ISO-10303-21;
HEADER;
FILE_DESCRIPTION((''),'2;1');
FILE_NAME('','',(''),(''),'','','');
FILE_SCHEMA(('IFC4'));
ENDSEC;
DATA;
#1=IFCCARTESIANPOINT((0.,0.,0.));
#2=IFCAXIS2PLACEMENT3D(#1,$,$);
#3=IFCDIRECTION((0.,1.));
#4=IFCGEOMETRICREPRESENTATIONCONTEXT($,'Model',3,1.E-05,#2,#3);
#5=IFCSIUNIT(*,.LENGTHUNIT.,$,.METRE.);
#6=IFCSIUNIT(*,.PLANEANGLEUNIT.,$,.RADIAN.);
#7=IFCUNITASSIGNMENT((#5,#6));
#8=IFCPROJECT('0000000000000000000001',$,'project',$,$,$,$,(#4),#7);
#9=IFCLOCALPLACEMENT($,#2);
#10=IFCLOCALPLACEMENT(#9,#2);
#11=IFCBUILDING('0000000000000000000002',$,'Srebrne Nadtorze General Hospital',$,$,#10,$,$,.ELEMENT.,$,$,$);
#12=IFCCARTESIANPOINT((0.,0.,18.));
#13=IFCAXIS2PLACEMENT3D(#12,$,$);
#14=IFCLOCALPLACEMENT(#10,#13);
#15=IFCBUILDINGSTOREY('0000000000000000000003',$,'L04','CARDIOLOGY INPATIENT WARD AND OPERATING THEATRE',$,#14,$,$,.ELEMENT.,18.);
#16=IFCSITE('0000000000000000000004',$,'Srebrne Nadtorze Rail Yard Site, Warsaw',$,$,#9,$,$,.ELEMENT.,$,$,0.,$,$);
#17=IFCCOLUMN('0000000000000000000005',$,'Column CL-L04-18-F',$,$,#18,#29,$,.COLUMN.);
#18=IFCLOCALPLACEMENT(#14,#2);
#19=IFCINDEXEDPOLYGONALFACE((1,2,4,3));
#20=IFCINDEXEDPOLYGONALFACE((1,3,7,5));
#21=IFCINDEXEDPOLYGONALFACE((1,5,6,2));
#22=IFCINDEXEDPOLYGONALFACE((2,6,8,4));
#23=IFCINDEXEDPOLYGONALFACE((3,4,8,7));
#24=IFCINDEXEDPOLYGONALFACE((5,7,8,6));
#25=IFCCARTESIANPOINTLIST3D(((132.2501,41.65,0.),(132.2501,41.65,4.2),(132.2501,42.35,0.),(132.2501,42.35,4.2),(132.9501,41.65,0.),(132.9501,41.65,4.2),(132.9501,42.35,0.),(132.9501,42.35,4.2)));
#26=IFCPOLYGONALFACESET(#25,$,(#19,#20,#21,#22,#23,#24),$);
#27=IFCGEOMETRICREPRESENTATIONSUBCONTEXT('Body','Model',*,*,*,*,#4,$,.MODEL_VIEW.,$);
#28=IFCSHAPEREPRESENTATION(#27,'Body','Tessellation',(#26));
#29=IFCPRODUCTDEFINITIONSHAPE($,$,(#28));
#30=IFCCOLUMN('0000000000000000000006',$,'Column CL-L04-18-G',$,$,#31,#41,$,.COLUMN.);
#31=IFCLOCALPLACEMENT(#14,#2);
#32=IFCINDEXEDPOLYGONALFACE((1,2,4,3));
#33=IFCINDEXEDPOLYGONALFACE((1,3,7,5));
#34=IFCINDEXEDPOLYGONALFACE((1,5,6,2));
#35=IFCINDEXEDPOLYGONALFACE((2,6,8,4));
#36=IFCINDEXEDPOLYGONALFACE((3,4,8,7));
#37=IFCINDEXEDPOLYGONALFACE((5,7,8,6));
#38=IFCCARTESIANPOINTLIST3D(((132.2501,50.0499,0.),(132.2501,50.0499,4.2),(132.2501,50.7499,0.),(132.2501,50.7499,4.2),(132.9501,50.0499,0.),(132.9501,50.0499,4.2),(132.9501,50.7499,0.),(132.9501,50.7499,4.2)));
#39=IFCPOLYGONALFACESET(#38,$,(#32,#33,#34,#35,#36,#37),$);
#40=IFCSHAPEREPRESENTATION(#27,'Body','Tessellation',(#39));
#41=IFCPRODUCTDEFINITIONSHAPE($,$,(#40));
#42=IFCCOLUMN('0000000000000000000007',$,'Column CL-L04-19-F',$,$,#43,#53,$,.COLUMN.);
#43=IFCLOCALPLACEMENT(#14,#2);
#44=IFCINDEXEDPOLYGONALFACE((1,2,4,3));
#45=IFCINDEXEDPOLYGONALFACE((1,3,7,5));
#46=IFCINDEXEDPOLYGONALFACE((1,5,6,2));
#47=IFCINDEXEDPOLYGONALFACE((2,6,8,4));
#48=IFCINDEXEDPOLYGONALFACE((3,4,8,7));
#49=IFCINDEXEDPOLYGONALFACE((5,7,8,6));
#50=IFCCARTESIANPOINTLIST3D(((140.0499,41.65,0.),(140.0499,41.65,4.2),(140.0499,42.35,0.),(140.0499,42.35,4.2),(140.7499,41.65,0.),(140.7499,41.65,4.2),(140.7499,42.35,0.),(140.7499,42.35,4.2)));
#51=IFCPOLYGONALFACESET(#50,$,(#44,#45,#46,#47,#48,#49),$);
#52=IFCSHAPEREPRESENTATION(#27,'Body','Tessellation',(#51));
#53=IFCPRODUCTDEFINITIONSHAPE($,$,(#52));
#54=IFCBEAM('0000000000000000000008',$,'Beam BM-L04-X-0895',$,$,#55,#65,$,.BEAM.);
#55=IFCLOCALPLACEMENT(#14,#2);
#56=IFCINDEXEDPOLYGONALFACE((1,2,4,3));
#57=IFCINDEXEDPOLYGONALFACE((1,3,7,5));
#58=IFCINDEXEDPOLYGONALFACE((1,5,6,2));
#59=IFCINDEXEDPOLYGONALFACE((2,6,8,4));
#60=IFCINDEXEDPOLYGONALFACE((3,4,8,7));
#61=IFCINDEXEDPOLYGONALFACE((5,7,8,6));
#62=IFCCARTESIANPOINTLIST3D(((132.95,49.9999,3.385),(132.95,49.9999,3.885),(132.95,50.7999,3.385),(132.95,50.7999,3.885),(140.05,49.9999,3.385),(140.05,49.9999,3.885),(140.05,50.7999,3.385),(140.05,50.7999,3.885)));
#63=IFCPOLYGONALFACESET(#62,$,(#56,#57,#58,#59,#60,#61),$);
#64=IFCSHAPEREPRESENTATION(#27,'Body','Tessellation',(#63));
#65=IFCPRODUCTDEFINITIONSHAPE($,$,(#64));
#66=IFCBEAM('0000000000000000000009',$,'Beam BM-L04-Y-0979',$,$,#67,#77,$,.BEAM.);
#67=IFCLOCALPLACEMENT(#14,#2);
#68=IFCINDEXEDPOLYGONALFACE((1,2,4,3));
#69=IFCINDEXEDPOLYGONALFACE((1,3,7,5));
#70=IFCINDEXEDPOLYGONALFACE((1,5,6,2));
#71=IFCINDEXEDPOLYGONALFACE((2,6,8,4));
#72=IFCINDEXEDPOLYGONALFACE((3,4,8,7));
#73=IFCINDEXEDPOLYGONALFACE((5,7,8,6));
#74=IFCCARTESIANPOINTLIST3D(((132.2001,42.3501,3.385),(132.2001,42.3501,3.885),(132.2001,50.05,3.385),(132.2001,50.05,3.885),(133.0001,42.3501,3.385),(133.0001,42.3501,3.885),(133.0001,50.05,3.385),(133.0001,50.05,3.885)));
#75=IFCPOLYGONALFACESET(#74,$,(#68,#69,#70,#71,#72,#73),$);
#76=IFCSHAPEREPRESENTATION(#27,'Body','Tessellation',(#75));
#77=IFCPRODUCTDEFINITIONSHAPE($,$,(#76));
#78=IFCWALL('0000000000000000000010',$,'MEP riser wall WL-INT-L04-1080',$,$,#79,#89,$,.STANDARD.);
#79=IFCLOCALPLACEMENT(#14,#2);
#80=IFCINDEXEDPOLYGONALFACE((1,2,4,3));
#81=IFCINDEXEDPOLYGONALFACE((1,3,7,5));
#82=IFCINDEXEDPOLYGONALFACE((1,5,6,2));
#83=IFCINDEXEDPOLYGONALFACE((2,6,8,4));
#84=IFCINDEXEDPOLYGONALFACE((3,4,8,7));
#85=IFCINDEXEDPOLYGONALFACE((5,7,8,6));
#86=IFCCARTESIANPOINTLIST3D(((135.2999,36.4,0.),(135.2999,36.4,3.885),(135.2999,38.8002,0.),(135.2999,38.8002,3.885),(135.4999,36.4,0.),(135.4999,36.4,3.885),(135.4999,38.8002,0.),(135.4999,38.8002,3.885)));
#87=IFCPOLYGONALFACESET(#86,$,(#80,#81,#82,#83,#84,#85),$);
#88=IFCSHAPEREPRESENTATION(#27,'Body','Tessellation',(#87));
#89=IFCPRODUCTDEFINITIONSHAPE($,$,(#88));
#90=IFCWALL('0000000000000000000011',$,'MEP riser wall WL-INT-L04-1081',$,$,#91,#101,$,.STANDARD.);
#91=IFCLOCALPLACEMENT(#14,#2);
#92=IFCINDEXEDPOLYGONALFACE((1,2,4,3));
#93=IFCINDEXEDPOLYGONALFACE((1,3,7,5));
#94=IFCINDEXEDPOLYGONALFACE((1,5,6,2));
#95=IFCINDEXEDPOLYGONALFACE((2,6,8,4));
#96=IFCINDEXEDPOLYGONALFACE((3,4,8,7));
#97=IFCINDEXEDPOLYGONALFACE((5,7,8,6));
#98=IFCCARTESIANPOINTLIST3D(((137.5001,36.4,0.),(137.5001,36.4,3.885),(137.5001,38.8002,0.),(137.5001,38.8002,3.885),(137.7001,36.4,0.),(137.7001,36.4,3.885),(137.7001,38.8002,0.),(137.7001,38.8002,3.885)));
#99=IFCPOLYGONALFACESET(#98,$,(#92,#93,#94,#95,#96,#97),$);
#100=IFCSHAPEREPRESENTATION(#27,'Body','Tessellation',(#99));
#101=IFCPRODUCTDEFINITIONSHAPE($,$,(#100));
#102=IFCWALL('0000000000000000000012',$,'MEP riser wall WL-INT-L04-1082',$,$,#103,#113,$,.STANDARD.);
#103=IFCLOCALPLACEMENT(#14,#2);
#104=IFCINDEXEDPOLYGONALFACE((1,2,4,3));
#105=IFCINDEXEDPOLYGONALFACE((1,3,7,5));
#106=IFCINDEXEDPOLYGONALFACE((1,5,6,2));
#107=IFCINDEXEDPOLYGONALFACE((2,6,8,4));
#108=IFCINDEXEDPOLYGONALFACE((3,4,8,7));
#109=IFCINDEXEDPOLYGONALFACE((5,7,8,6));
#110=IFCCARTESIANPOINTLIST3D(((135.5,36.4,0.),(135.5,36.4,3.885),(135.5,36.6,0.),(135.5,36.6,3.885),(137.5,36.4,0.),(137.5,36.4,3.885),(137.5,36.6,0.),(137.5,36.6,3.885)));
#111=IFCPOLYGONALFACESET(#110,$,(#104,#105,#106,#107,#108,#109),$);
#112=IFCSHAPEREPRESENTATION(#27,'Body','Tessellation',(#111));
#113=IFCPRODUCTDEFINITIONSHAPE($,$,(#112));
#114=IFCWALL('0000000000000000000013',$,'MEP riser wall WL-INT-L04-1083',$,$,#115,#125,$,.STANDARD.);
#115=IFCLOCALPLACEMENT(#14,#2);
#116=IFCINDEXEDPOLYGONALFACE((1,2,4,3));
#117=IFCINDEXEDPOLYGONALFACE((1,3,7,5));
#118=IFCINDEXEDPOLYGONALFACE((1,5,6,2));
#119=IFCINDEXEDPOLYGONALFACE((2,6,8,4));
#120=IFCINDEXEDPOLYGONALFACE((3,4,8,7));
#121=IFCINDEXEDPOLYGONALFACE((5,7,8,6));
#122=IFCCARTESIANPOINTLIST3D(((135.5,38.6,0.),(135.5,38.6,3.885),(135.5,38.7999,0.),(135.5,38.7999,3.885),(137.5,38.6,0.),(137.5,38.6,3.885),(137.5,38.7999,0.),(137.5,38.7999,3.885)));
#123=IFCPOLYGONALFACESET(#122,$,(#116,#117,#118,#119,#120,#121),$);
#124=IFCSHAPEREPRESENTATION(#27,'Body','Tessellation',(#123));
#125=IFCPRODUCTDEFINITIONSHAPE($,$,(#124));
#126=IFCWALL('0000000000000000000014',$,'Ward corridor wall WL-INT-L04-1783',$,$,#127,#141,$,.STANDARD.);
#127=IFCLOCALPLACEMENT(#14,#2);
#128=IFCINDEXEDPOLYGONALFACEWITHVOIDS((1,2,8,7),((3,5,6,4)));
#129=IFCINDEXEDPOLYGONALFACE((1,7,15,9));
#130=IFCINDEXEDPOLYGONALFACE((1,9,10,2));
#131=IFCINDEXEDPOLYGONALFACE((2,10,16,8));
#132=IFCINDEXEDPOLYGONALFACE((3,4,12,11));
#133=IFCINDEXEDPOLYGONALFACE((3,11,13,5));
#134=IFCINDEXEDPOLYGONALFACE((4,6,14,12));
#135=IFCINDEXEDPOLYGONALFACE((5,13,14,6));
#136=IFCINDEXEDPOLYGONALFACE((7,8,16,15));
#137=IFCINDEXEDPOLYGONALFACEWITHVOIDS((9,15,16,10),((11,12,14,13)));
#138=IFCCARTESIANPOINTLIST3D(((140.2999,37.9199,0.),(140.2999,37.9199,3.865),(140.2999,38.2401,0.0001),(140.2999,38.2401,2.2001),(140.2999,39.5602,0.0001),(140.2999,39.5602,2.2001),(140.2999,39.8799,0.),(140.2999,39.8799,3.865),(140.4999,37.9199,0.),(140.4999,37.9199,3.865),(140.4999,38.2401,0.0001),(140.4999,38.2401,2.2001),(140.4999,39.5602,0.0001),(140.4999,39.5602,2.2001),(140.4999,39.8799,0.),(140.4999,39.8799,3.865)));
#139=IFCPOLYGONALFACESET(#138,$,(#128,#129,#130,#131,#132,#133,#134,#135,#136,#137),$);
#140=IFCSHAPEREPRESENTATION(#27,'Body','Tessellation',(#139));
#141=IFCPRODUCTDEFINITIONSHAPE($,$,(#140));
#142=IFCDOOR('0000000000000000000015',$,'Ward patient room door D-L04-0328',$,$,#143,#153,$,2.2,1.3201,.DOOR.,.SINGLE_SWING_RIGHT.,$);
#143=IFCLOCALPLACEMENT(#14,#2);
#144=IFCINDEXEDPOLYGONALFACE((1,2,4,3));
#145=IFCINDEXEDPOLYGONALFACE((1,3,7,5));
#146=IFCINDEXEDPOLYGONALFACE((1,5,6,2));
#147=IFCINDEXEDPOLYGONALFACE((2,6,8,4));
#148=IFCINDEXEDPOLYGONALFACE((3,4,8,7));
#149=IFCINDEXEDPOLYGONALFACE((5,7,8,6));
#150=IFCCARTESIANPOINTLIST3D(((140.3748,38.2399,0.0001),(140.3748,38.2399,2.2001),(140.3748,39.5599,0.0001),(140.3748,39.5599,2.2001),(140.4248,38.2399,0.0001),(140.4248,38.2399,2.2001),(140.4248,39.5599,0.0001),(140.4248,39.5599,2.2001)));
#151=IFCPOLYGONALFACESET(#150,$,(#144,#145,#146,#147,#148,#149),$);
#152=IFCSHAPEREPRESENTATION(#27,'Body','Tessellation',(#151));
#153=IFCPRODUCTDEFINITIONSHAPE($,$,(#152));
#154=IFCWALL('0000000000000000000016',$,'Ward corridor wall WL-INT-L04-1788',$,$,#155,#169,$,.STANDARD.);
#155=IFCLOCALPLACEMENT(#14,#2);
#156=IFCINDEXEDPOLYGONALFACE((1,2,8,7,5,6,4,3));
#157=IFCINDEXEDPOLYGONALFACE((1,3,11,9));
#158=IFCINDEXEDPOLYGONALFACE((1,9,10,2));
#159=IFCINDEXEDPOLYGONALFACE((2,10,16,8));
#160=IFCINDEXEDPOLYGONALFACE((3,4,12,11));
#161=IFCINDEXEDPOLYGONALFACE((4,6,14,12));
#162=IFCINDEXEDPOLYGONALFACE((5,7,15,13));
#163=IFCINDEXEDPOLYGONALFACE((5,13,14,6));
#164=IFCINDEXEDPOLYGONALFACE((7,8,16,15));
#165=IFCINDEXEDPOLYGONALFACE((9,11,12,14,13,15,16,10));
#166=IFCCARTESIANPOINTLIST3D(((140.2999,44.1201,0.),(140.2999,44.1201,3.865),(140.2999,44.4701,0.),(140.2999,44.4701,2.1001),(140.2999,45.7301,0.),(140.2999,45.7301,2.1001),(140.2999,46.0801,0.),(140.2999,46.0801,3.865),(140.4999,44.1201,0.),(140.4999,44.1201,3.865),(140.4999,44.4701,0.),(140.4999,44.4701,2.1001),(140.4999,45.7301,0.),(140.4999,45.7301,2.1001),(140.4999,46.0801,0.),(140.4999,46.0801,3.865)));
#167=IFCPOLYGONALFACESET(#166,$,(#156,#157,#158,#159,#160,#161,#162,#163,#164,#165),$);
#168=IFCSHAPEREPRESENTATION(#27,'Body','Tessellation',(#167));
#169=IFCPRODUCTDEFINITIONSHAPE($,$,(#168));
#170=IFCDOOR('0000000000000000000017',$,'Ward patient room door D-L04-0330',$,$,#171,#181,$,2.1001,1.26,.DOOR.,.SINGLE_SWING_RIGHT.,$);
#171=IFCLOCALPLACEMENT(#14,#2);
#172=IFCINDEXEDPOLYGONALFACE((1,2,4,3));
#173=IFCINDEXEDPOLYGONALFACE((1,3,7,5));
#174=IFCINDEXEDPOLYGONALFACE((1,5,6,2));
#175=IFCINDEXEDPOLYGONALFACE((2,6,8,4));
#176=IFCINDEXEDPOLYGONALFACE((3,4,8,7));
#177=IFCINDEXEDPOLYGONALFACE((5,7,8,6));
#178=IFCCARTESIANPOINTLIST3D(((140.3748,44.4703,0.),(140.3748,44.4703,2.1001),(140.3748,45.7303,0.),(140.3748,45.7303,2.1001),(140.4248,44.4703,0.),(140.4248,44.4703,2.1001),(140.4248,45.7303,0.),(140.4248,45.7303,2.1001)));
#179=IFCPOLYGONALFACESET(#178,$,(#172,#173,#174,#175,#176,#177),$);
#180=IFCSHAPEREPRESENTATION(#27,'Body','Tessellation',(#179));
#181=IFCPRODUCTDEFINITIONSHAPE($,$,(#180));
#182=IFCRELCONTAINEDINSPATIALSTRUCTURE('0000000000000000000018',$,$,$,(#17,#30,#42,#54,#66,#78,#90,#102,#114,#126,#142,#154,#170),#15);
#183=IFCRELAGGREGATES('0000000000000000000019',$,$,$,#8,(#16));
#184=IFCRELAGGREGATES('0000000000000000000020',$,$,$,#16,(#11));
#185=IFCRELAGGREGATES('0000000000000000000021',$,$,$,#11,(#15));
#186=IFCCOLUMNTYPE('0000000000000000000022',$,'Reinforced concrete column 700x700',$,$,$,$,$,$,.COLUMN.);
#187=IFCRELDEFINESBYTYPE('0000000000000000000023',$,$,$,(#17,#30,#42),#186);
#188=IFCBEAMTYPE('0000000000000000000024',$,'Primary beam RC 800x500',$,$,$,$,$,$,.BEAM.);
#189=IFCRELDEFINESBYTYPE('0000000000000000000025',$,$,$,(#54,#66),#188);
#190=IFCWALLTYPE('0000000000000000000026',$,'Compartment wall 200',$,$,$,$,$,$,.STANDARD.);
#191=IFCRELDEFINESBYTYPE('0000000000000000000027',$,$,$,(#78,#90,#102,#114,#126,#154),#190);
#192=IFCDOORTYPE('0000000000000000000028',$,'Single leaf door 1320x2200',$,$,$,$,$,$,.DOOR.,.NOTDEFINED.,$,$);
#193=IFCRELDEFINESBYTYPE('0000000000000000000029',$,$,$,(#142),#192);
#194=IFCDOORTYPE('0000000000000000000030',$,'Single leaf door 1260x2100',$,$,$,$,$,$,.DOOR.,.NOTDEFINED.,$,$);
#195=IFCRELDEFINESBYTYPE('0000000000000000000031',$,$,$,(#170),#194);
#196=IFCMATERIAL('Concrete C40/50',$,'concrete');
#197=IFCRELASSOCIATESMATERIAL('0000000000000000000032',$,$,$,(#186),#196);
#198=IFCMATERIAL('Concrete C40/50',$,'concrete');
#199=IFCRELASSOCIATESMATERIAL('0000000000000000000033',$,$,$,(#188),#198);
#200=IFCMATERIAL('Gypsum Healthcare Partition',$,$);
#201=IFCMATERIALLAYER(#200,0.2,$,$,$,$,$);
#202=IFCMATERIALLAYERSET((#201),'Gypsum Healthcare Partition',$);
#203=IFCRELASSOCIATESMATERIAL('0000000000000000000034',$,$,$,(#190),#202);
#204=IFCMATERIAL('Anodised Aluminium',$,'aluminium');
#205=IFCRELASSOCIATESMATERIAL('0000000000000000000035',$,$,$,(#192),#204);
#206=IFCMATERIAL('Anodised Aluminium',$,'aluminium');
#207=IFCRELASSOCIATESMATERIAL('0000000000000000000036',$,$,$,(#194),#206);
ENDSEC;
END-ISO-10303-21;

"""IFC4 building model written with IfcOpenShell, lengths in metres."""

from ifc_helpers import new_model, si_unit, direction, frame, frame_2d, origin, origin_2d, place, context, subcontext, project, spatial, rectangle, extrude, material, layer, layer_set, material_profile, profile_set, type_object, element, fill, save


model = new_model("IFC4")

# Units and contexts
model_context = context("Model", 3, precision=1e-05, world=origin(), true_north=direction((0.0, 1.0)))
body_context = subcontext(model_context, "Body", "Model", "MODEL_VIEW")
ifc_project = project(units=[si_unit("LENGTHUNIT", "METRE"), si_unit("PLANEANGLEUNIT", "RADIAN")], contexts=[model_context])

# Site, building, storey
site_placement = place(None, origin())
site = spatial("IfcSite", under=ifc_project, at=site_placement, Name="Srebrne Nadtorze Rail Yard Site, Warsaw", CompositionType="ELEMENT", RefElevation=0.0)
building_placement = place(site_placement, origin())
building = spatial("IfcBuilding", under=site, at=building_placement, Name="Srebrne Nadtorze General Hospital", CompositionType="ELEMENT")
storey_placement = place(building_placement, frame((0.0, 0.0, 18.0)))
storey = spatial("IfcBuildingStorey", under=building, at=storey_placement, Name="L04", Description="CARDIOLOGY INPATIENT WARD AND OPERATING THEATRE", CompositionType="ELEMENT", Elevation=18.0)

# Columns
ifc_material_1 = material(Name="Concrete C40/50", Category="concrete")
ifc_material_profile_1 = material_profile(ifc_material_1, rectangle(XDim=0.7, YDim=0.7, at=origin_2d()), Name="RC-COL-700x700")
ifc_profile_set_1 = profile_set([ifc_material_profile_1], Name="Concrete C40/50")
column_type = type_object("IfcColumnType", Name="Reinforced concrete column 700x700", PredefinedType="COLUMN", material=ifc_profile_set_1)
for number, where, z_axis, x_axis, name in (
    (1, (132.6001, 42.0, 0.0), (0.0, 0.0, 1.0), (1.0, 0.0, 0.0), "Column CL-L04-18-F"),
    (2, (132.6001, 50.3999, 0.0), (0.0, 0.0, 1.0), (1.0, 0.0, 0.0), "Column CL-L04-18-G"),
    (3, (140.3999, 42.0, 0.0), (0.0, 0.0, 1.0), (1.0, 0.0, 0.0), "Column CL-L04-19-F"),
):
    element("IfcColumn", number, at=place(storey_placement, frame(where, z_axis=z_axis, x_axis=x_axis)), inside=storey, type_object=column_type, Name=name, PredefinedType="COLUMN", context=body_context, shape_type="SweptSolid", body=[
        extrude(rectangle(XDim=0.7, YDim=0.7, at=origin_2d()), origin(), (0.0, 0.0, 1.0), 4.2),
    ])

# Beams
ifc_material_2 = material(Name="Concrete C40/50", Category="concrete")
ifc_material_profile_2 = material_profile(ifc_material_2, rectangle(XDim=0.8, YDim=0.5, at=origin_2d()), Name="RC-BM-800x500")
ifc_profile_set_2 = profile_set([ifc_material_profile_2], Name="Concrete C40/50")
beam_type = type_object("IfcBeamType", Name="Primary beam RC 800x500", PredefinedType="BEAM", material=ifc_profile_set_2)
beam_1_placement = place(storey_placement, frame((132.95, 50.3999, 3.635), z_axis=(1.0, 0.0, 0.0), x_axis=(0.0, 1.0, 0.0)))
element("IfcBeam", 4, at=beam_1_placement, inside=storey, type_object=beam_type, Name="Beam BM-L04-X-0895", PredefinedType="BEAM", context=body_context, shape_type="SweptSolid", body=[
    extrude(rectangle(XDim=0.8, YDim=0.5, at=origin_2d()), origin(), (0.0, 0.0, 1.0), 7.1001),
])
beam_2_placement = place(storey_placement, frame((132.6001, 42.3501, 3.635), z_axis=(0.0, 1.0, 0.0), x_axis=(-1.0, 0.0, 0.0)))
element("IfcBeam", 5, at=beam_2_placement, inside=storey, type_object=beam_type, Name="Beam BM-L04-Y-0979", PredefinedType="BEAM", context=body_context, shape_type="SweptSolid", body=[
    extrude(rectangle(XDim=0.8, YDim=0.5, at=origin_2d()), origin(), (0.0, 0.0, 1.0), 7.7),
])

# Walls
ifc_material_3 = material(Name="Gypsum Healthcare Partition")
ifc_layer_1 = layer(ifc_material_3, 0.2)
ifc_layer_set_1 = layer_set([ifc_layer_1], Name="Gypsum Healthcare Partition")
wall_type_1 = type_object("IfcWallType", Name="Compartment wall 200", PredefinedType="STANDARD", material=ifc_layer_set_1)
for number, where, z_axis, x_axis, name in (
    (6, (135.3999, 36.3999, 0.0), (0.0, 0.0, 1.0), (0.0, 1.0, 0.0), "MEP riser wall WL-INT-L04-1080"),
    (7, (137.6001, 36.3999, 0.0), (0.0, 0.0, 1.0), (0.0, 1.0, 0.0), "MEP riser wall WL-INT-L04-1081"),
):
    element("IfcWall", number, at=place(storey_placement, frame(where, z_axis=z_axis, x_axis=x_axis)), inside=storey, type_object=wall_type_1, Name=name, PredefinedType="STANDARD", context=body_context, shape_type="SweptSolid", body=[
        extrude(rectangle(XDim=2.4001, YDim=0.2, at=frame_2d((1.2002, 0.0))), origin(), (0.0, 0.0, 1.0), 3.885),
    ])
for number, where, z_axis, x_axis, name in (
    (8, (135.5, 36.5, 0.0), (0.0, 0.0, 1.0), (1.0, 0.0, 0.0), "MEP riser wall WL-INT-L04-1082"),
    (9, (135.5, 38.7, 0.0), (0.0, 0.0, 1.0), (1.0, 0.0, 0.0), "MEP riser wall WL-INT-L04-1083"),
):
    element("IfcWall", number, at=place(storey_placement, frame(where, z_axis=z_axis, x_axis=x_axis)), inside=storey, type_object=wall_type_1, Name=name, PredefinedType="STANDARD", context=body_context, shape_type="SweptSolid", body=[
        extrude(rectangle(XDim=2.0, YDim=0.2, at=frame_2d((1.0, 0.0))), origin(), (0.0, 0.0, 1.0), 3.885),
    ])

# Walls, openings, doors
wall_1_placement = place(storey_placement, frame((140.3999, 37.9199, 0.0), z_axis=(0.0, 0.0, 1.0), x_axis=(0.0, 1.0, 0.0)))
wall_1 = element("IfcWall", 10, at=wall_1_placement, inside=storey, type_object=wall_type_1, Name="Ward corridor wall WL-INT-L04-1783", PredefinedType="STANDARD", context=body_context, shape_type="SweptSolid", body=[
    extrude(rectangle(XDim=1.96, YDim=0.2, at=frame_2d((0.98, 0.0))), origin(), (0.0, 0.0, 1.0), 3.865),
])
opening_1_placement = place(wall_1_placement, frame((0.3201, 0.0, 0.0)))
opening_1 = element("IfcOpeningElement", 11, at=opening_1_placement, cuts=wall_1, PredefinedType="OPENING", context=body_context, shape_type="SweptSolid", body=[
    extrude(rectangle(XDim=1.3201, YDim=2.2, at=frame_2d((0.6602, 1.1001))), frame((0.0, 0.1118, 0.0), z_axis=(0.0, -1.0, 0.0), x_axis=(1.0, 0.0, 0.0)), (0.0, 0.0, 1.0), 0.2239),
])
ifc_material_4 = material(Name="Anodised Aluminium", Category="aluminium")
door_type_1 = type_object("IfcDoorType", Name="Single leaf door 1320x2200", OperationType="NOTDEFINED", PredefinedType="DOOR", material=ifc_material_4)
door_1_placement = place(opening_1_placement, frame((1.3201, 0.0, 0.0), z_axis=(0.0, 0.0, 1.0), x_axis=(-1.0, 0.0, 0.0)))
door_1 = element("IfcDoor", 12, at=door_1_placement, inside=storey, type_object=door_type_1, Name="Ward patient room door D-L04-0328", OperationType="SINGLE_SWING_RIGHT", OverallHeight=2.2, OverallWidth=1.3201, PredefinedType="DOOR", context=body_context, shape_type="SweptSolid", body=[
    extrude(rectangle(XDim=1.3201, YDim=2.2, at=frame_2d((0.6602, 1.1001))), frame((0.0, 0.0249, 0.0), z_axis=(0.0, -1.0, 0.0), x_axis=(1.0, 0.0, 0.0)), (0.0, 0.0, 1.0), 0.05),
])
fill(opening_1, door_1)
wall_2_placement = place(storey_placement, frame((140.3999, 44.1201, 0.0), z_axis=(0.0, 0.0, 1.0), x_axis=(0.0, 1.0, 0.0)))
wall_2 = element("IfcWall", 13, at=wall_2_placement, inside=storey, type_object=wall_type_1, Name="Ward corridor wall WL-INT-L04-1788", PredefinedType="STANDARD", context=body_context, shape_type="SweptSolid", body=[
    extrude(rectangle(XDim=1.96, YDim=0.2, at=frame_2d((0.98, 0.0))), origin(), (0.0, 0.0, 1.0), 3.865),
])
opening_2_placement = place(wall_2_placement, frame((0.3501, 0.0, 0.0)))
opening_2 = element("IfcOpeningElement", 14, at=opening_2_placement, cuts=wall_2, PredefinedType="OPENING", context=body_context, shape_type="SweptSolid", body=[
    extrude(rectangle(XDim=1.26, YDim=2.1001, at=frame_2d((0.6299, 1.05))), frame((0.0, 0.1118, 0.0), z_axis=(0.0, -1.0, 0.0), x_axis=(1.0, 0.0, 0.0)), (0.0, 0.0, 1.0), 0.2239),
])
ifc_material_5 = material(Name="Anodised Aluminium", Category="aluminium")
door_type_2 = type_object("IfcDoorType", Name="Single leaf door 1260x2100", OperationType="NOTDEFINED", PredefinedType="DOOR", material=ifc_material_5)
door_2_placement = place(opening_2_placement, frame((1.26, 0.0, 0.0), z_axis=(0.0, 0.0, 1.0), x_axis=(-1.0, 0.0, 0.0)))
door_2 = element("IfcDoor", 15, at=door_2_placement, inside=storey, type_object=door_type_2, Name="Ward patient room door D-L04-0330", OperationType="SINGLE_SWING_RIGHT", OverallHeight=2.1001, OverallWidth=1.26, PredefinedType="DOOR", context=body_context, shape_type="SweptSolid", body=[
    extrude(rectangle(XDim=1.26, YDim=2.1001, at=frame_2d((0.6299, 1.05))), frame((0.0, 0.0249, 0.0), z_axis=(0.0, -1.0, 0.0), x_axis=(1.0, 0.0, 0.0)), (0.0, 0.0, 1.0), 0.05),
])
fill(opening_2, door_2)

save(model, "model.ifc")
